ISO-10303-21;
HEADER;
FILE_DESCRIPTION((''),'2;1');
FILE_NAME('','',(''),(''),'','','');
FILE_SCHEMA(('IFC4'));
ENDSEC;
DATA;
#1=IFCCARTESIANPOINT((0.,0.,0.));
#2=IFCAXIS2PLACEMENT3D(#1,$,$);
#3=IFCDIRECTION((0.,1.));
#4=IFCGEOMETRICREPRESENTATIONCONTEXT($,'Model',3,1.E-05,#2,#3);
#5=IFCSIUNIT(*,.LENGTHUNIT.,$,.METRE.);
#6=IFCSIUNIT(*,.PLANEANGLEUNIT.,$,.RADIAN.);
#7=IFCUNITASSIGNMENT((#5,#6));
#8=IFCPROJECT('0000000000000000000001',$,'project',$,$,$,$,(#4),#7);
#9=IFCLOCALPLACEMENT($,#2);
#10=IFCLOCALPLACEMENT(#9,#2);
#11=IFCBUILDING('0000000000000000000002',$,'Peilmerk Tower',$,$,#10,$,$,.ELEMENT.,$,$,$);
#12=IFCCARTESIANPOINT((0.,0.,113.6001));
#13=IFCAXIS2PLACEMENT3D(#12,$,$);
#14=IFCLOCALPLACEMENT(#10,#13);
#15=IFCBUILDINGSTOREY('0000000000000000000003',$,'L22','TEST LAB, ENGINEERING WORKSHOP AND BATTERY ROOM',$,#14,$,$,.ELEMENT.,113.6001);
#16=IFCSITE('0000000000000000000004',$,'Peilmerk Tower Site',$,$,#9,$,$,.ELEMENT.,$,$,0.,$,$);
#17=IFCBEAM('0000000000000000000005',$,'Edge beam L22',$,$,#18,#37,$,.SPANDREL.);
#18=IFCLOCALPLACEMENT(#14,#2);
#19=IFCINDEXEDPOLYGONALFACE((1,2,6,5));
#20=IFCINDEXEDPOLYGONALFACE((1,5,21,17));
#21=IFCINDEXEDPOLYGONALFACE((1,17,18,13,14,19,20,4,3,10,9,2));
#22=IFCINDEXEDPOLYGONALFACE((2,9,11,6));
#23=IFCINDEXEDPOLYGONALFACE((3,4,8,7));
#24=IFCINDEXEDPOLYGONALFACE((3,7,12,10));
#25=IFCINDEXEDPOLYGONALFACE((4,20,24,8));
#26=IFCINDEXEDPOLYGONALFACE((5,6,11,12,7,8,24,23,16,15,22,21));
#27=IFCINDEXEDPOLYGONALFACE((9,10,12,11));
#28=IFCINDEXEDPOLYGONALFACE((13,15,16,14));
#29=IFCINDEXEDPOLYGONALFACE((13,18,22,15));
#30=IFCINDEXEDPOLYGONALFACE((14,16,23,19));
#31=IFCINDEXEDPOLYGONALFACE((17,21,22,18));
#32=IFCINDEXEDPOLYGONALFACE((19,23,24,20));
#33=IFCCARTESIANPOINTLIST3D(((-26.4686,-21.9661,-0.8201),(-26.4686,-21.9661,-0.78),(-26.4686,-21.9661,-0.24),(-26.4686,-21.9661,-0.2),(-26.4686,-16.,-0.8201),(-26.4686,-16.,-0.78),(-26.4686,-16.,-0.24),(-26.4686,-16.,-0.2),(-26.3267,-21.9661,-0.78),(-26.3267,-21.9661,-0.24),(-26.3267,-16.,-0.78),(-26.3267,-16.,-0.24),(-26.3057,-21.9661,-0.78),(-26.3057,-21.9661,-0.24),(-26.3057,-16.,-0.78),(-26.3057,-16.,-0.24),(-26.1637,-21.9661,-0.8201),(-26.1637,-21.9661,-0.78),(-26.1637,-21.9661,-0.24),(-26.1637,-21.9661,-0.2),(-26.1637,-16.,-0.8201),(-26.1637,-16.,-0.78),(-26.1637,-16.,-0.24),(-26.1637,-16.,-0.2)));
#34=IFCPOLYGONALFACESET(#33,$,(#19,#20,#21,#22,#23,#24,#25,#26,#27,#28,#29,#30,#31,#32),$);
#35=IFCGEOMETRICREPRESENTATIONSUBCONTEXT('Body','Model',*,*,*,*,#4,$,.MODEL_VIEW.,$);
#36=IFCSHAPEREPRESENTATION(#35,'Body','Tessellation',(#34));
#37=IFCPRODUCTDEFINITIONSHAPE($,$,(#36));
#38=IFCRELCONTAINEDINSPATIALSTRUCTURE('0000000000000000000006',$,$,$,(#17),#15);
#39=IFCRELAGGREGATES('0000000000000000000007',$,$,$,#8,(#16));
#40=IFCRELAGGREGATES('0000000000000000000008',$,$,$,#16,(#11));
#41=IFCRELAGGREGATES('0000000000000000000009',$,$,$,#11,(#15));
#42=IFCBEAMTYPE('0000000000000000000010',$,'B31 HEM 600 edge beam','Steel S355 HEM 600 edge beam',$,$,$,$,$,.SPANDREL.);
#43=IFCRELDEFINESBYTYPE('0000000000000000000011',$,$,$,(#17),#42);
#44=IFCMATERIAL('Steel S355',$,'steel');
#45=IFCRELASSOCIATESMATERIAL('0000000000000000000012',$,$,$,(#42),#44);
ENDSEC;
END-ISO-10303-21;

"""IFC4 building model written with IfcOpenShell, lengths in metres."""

from ifc_helpers import new_model, si_unit, direction, frame, origin, origin_2d, place, context, subcontext, project, spatial, i_section, extrude, material, material_profile, profile_set, type_object, element, save


model = new_model("IFC4")

# Units and contexts
model_context = context("Model", 3, precision=1e-05, world=origin(), true_north=direction((0.0, 1.0)))
body_context = subcontext(model_context, "Body", "Model", "MODEL_VIEW")
ifc_project = project(units=[si_unit("LENGTHUNIT", "METRE"), si_unit("PLANEANGLEUNIT", "RADIAN")], contexts=[model_context])

# Site, building, storey
site_placement = place(None, origin())
site = spatial("IfcSite", under=ifc_project, at=site_placement, Name="Peilmerk Tower Site", CompositionType="ELEMENT", RefElevation=0.0)
building_placement = place(site_placement, origin())
building = spatial("IfcBuilding", under=site, at=building_placement, Name="Peilmerk Tower", CompositionType="ELEMENT")
storey_placement = place(building_placement, frame((0.0, 0.0, 113.6001)))
storey = spatial("IfcBuildingStorey", under=building, at=storey_placement, Name="L22", Description="TEST LAB, ENGINEERING WORKSHOP AND BATTERY ROOM", CompositionType="ELEMENT", Elevation=113.6001)

# Beam
ifc_material_1 = material(Name="Steel S355", Category="steel")
ifc_material_profile_1 = material_profile(ifc_material_1, i_section(OverallWidth=0.3049, OverallDepth=0.6201, WebThickness=0.021, FlangeThickness=0.04, at=origin_2d()), Name="HEM 600")
ifc_profile_set_1 = profile_set([ifc_material_profile_1], Name="Steel S355")
beam_type_1 = type_object("IfcBeamType", Name="B31 HEM 600 edge beam", Description="Steel S355 HEM 600 edge beam", PredefinedType="SPANDREL", material=ifc_profile_set_1)
for number, where, z_axis, x_axis, name in (
    (1, (-26.3162, -16.0, -0.51), (0.0, -1.0, 0.0), (1.0, 0.0, 0.0), "Edge beam L22"),
):
    element("IfcBeam", number, at=place(storey_placement, frame(where, z_axis=z_axis, x_axis=x_axis)), inside=storey, type_object=beam_type_1, Name=name, PredefinedType="SPANDREL", context=body_context, shape_type="SweptSolid", body=[
        extrude(i_section(OverallWidth=0.3049, OverallDepth=0.6201, WebThickness=0.021, FlangeThickness=0.04, at=origin_2d()), origin(), (0.0, 0.0, 1.0), 5.9661),
    ])

save(model, "model.ifc")
